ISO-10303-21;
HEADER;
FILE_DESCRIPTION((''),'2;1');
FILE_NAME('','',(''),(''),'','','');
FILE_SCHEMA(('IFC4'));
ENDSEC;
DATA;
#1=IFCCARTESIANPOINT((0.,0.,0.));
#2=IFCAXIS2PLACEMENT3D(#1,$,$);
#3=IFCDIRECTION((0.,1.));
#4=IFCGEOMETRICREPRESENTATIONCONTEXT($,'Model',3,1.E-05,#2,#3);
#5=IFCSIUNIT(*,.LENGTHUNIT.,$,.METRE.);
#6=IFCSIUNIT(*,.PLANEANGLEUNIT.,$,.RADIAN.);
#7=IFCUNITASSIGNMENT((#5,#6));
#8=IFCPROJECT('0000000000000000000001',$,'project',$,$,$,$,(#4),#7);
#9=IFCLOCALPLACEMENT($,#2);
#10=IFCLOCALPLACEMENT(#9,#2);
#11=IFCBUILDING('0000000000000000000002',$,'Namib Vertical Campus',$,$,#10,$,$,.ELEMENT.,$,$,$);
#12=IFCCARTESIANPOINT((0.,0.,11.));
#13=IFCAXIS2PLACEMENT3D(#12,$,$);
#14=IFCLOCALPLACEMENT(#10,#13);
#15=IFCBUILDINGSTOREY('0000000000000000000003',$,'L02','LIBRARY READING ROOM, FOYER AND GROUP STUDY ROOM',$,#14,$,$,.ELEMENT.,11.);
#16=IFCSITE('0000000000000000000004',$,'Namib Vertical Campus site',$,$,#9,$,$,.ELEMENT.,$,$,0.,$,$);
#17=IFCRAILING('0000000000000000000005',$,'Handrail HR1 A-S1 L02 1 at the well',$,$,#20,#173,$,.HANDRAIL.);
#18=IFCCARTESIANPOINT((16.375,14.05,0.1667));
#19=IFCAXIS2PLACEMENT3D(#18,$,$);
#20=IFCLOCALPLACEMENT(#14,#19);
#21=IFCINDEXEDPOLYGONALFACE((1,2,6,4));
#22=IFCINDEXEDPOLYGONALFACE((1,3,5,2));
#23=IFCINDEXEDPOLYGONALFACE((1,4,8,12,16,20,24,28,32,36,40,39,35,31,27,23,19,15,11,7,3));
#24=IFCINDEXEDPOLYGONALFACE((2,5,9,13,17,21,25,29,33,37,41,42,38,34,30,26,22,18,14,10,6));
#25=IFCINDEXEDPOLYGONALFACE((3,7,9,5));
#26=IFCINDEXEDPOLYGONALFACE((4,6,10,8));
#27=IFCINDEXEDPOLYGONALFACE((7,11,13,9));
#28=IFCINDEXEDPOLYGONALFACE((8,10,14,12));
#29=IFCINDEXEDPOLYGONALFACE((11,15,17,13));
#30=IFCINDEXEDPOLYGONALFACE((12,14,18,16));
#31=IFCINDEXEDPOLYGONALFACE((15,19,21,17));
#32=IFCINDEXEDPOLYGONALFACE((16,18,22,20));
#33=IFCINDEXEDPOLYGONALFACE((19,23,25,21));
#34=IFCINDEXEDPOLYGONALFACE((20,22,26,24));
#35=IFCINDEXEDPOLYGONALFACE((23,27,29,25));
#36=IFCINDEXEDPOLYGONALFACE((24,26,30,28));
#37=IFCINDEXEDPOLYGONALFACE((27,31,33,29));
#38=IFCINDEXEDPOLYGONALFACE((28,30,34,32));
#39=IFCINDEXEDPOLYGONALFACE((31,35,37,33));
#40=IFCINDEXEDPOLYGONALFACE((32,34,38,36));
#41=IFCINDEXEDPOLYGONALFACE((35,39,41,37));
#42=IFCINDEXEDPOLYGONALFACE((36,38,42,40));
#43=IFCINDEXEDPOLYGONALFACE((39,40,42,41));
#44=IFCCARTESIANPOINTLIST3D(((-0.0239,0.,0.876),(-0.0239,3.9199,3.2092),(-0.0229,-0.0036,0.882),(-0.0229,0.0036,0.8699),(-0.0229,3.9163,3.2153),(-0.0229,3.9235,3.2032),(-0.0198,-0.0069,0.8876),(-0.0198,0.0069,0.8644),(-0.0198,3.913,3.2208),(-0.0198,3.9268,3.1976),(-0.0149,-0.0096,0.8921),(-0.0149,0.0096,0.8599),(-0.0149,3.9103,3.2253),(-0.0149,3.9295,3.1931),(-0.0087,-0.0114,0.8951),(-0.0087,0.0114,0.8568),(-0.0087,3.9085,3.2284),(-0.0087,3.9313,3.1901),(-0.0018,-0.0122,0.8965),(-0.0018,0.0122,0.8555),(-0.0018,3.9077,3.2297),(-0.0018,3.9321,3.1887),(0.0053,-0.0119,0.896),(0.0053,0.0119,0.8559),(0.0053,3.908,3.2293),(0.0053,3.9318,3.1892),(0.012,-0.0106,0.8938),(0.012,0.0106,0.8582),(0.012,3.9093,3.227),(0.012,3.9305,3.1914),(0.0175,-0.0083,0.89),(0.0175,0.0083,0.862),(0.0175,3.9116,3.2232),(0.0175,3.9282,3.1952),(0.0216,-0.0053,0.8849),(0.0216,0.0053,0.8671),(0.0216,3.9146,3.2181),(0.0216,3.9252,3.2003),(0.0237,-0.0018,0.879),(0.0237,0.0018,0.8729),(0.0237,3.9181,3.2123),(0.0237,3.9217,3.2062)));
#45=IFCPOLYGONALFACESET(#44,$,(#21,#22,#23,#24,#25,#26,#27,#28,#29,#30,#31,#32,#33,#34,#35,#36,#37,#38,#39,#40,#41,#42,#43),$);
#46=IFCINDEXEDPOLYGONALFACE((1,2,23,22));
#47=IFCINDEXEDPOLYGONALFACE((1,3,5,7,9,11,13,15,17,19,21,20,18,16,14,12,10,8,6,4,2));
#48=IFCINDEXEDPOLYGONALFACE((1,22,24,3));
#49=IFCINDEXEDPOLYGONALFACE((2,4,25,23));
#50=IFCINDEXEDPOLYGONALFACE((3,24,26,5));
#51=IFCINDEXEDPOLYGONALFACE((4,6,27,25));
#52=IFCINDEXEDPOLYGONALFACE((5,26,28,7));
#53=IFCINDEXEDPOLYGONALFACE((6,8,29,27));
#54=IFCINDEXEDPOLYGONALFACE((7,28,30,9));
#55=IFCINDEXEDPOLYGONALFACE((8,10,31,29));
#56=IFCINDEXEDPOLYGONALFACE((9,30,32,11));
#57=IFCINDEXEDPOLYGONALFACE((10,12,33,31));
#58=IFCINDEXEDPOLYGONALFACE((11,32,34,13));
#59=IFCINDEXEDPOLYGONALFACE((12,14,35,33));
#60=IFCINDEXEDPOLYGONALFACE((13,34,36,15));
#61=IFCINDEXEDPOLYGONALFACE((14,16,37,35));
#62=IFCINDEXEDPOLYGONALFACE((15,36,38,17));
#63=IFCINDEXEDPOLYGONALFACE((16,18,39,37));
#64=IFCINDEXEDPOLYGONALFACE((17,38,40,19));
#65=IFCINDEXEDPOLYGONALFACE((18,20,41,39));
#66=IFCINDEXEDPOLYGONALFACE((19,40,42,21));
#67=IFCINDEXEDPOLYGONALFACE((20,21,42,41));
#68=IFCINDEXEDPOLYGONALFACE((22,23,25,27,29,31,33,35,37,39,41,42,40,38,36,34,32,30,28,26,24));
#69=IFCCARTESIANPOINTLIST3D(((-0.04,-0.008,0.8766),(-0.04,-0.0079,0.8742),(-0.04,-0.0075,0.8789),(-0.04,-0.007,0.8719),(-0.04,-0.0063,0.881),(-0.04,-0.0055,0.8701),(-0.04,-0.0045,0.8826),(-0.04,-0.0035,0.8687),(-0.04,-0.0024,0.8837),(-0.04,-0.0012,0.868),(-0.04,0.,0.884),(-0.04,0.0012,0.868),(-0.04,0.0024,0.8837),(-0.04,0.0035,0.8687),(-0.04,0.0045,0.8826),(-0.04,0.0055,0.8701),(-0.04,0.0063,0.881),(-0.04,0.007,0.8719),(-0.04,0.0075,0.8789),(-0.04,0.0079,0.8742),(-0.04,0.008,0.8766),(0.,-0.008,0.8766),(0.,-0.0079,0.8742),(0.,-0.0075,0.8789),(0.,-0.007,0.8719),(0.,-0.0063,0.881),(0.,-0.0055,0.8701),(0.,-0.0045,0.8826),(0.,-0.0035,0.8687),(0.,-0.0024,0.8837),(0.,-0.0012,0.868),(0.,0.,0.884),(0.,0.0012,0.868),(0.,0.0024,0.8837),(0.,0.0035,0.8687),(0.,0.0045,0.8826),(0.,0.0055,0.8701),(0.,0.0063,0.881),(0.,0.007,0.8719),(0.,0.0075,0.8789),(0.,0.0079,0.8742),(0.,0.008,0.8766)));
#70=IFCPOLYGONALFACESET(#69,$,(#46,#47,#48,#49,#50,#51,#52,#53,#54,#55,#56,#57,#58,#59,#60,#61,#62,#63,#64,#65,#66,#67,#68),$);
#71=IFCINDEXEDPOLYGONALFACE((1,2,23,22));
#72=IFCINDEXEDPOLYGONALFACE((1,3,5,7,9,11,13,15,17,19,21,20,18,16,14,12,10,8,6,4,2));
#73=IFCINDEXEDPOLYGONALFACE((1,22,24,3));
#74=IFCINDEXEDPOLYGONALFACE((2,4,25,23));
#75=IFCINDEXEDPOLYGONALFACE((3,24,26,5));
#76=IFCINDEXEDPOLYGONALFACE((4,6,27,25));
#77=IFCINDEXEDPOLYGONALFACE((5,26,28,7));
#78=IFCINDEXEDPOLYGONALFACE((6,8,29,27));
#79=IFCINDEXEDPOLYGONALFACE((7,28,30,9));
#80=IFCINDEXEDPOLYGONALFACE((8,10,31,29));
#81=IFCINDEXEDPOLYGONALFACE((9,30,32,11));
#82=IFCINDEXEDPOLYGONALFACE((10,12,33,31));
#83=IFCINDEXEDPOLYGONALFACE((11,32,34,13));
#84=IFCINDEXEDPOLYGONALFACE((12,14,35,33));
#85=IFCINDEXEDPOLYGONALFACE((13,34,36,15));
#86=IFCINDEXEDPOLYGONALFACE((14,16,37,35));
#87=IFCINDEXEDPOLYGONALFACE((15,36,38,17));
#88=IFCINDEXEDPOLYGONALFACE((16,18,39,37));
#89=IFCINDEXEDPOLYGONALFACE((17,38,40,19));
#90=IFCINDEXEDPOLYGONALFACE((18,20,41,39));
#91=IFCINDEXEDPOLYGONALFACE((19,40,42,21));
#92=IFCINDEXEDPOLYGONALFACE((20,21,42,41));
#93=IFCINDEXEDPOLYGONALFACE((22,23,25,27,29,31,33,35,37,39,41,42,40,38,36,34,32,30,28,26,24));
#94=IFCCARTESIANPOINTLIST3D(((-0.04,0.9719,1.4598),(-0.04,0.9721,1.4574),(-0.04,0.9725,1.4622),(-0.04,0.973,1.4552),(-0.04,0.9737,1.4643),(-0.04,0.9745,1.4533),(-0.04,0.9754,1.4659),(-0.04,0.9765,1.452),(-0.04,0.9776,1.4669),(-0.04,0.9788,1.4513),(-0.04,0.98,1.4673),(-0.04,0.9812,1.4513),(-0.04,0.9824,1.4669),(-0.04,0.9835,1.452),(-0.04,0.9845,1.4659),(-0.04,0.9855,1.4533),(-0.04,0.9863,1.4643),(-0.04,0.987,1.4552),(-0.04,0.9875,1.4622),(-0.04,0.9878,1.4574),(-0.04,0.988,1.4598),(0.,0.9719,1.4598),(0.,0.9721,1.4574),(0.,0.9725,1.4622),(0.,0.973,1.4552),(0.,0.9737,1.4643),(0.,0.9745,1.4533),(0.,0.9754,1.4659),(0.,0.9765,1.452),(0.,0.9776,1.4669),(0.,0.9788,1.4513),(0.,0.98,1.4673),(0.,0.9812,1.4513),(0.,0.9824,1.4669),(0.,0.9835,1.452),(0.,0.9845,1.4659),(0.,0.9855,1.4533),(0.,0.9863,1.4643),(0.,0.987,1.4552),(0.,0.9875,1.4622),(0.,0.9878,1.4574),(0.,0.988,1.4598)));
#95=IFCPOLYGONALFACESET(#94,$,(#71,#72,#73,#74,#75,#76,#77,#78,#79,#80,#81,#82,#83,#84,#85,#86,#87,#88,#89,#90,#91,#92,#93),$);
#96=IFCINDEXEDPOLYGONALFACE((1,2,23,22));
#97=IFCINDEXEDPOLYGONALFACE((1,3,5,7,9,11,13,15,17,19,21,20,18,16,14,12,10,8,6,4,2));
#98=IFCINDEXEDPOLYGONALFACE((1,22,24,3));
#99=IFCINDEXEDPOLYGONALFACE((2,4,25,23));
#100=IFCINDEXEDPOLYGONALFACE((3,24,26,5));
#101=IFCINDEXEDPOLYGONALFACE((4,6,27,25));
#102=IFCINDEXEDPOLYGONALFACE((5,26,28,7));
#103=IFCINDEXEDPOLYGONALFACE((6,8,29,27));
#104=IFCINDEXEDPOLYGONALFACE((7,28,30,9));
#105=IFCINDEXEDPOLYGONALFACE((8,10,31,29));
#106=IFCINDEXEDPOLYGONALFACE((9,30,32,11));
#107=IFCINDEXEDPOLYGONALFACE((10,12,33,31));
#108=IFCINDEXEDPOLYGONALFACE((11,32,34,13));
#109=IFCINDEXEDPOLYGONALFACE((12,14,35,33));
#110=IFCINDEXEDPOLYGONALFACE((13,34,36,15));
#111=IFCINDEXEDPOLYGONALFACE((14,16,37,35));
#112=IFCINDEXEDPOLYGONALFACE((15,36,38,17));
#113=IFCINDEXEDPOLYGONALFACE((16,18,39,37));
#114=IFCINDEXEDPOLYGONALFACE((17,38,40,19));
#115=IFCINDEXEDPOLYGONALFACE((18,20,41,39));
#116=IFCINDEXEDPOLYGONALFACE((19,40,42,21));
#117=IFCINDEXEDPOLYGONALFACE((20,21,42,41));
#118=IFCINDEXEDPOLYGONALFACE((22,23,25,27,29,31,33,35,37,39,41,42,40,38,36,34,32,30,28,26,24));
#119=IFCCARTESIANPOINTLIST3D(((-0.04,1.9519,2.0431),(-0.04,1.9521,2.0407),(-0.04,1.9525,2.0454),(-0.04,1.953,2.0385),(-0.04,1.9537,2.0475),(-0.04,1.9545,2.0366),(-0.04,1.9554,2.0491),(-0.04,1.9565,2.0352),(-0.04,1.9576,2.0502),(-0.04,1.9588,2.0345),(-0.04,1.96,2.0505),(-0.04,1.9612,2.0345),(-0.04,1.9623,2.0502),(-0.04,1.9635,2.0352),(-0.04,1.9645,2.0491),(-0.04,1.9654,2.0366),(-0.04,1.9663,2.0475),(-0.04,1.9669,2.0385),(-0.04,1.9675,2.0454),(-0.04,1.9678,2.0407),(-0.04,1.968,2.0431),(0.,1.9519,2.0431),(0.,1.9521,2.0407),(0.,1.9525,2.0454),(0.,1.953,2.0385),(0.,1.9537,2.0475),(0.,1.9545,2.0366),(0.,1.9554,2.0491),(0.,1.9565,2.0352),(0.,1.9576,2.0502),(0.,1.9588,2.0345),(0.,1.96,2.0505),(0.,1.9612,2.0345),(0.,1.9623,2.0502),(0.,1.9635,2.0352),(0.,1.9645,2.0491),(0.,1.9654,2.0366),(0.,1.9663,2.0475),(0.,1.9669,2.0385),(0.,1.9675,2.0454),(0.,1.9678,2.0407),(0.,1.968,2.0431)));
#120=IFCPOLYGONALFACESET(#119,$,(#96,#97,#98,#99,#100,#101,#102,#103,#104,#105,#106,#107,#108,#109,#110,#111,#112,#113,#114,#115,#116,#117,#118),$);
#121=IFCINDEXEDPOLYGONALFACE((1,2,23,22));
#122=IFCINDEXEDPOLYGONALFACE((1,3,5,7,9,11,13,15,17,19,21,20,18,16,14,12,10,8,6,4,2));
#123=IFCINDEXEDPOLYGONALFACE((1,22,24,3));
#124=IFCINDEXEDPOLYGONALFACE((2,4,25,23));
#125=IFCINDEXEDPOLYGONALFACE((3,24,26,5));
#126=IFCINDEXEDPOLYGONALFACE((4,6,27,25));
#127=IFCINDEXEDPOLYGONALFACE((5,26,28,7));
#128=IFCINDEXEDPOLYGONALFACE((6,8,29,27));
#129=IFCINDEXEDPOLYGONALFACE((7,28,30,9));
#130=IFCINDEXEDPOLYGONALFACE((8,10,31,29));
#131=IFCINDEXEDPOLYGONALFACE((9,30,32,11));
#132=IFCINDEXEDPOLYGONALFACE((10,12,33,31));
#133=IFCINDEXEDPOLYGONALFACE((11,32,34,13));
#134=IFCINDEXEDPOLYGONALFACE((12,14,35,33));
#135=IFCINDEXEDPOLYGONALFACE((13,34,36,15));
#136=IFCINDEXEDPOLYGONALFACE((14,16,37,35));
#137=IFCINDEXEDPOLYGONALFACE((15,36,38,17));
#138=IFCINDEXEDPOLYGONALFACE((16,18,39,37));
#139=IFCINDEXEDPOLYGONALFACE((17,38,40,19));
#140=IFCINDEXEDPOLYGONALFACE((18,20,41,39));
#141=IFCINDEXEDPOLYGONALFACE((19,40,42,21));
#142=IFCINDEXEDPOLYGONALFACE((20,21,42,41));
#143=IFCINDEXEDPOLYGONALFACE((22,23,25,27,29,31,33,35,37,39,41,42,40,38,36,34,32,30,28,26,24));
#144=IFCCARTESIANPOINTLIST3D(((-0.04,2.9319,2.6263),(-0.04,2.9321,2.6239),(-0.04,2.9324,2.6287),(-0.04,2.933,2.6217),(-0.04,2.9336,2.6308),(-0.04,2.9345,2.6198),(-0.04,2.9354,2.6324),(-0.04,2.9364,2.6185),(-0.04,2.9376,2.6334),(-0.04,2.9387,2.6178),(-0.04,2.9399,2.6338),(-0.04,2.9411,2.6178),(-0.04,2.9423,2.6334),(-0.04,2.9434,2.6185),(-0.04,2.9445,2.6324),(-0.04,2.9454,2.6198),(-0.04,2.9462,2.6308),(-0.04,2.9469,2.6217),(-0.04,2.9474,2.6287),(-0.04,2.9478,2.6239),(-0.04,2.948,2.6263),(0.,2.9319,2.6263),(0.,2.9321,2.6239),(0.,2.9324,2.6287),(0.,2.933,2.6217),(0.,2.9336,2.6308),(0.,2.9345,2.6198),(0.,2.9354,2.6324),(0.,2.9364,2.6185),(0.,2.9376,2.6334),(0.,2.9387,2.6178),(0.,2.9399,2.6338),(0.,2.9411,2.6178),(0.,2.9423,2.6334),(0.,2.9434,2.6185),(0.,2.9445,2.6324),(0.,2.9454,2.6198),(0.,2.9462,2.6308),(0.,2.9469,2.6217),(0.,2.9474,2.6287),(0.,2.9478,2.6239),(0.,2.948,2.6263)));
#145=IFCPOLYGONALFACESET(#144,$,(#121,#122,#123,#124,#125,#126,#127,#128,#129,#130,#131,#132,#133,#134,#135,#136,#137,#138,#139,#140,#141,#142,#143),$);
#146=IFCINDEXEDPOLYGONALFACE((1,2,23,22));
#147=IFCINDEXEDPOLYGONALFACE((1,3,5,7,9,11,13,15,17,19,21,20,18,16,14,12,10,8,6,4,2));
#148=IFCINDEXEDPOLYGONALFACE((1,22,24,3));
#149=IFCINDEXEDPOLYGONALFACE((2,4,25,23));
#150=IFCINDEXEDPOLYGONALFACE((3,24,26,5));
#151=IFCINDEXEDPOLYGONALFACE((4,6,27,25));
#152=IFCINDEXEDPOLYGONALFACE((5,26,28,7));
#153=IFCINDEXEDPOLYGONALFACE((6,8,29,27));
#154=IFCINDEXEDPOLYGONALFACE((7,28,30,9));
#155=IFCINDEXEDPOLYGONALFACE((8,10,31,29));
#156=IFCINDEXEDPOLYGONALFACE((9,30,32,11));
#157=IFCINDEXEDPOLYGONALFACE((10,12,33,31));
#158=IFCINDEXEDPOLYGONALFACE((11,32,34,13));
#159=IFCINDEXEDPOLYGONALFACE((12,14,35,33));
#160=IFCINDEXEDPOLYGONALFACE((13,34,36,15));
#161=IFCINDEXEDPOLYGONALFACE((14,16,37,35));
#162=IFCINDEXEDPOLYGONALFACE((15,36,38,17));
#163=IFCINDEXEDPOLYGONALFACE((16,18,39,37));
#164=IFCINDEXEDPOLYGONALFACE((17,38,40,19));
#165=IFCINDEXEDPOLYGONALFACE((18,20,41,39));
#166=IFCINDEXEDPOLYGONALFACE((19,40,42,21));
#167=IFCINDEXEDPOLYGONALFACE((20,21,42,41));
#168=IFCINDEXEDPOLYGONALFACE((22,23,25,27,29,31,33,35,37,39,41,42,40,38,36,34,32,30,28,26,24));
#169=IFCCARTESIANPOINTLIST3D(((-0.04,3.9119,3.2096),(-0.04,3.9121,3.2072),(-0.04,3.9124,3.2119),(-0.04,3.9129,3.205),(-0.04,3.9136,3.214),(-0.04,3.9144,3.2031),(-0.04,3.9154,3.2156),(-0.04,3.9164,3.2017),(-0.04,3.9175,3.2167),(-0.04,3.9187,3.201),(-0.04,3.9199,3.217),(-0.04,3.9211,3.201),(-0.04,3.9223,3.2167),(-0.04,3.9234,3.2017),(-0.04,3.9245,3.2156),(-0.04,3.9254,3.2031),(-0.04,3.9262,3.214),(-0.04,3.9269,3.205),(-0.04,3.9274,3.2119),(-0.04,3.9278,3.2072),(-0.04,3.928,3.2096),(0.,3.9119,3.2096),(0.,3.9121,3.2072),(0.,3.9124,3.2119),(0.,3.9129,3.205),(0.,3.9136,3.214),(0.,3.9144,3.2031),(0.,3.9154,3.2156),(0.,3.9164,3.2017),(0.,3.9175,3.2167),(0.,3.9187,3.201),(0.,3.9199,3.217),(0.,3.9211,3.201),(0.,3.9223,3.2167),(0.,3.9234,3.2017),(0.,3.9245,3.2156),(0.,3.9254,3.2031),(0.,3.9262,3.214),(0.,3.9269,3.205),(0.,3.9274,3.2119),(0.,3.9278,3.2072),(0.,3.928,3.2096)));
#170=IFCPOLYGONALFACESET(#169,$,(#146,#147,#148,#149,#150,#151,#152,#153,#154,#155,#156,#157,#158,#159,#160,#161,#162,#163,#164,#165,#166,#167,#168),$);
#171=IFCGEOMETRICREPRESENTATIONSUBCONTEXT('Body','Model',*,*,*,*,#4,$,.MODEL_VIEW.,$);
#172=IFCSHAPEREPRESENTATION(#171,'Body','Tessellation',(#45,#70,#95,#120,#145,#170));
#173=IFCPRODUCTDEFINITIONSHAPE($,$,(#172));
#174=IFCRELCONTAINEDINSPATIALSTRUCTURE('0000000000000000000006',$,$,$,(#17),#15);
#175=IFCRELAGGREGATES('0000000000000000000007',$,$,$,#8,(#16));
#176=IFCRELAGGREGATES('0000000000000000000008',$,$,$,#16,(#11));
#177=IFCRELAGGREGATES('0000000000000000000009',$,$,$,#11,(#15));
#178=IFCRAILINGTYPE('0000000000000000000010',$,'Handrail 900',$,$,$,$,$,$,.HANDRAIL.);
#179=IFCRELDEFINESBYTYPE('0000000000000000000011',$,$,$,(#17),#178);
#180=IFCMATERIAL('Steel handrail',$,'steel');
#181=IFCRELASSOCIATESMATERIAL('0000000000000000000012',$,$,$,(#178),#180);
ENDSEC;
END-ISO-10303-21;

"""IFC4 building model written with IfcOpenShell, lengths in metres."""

from ifc_helpers import new_model, si_unit, direction, frame, origin, origin_2d, place, context, subcontext, project, spatial, circle, extrude, material, type_object, element, save


model = new_model("IFC4")

# Units and contexts
model_context = context("Model", 3, precision=1e-05, world=origin(), true_north=direction((0.0, 1.0)))
body_context = subcontext(model_context, "Body", "Model", "MODEL_VIEW")
ifc_project = project(units=[si_unit("LENGTHUNIT", "METRE"), si_unit("PLANEANGLEUNIT", "RADIAN")], contexts=[model_context])

# Site, building, storey
site_placement = place(None, origin())
site = spatial("IfcSite", under=ifc_project, at=site_placement, Name="Namib Vertical Campus site", CompositionType="ELEMENT", RefElevation=0.0)
building_placement = place(site_placement, origin())
building = spatial("IfcBuilding", under=site, at=building_placement, Name="Namib Vertical Campus", CompositionType="ELEMENT")
storey_placement = place(building_placement, frame((0.0, 0.0, 11.0)))
storey = spatial("IfcBuildingStorey", under=building, at=storey_placement, Name="L02", Description="LIBRARY READING ROOM, FOYER AND GROUP STUDY ROOM", CompositionType="ELEMENT", Elevation=11.0)

# Railing
ifc_material_1 = material(Name="Steel handrail", Category="steel")
railing_type_1 = type_object("IfcRailingType", Name="Handrail 900", PredefinedType="HANDRAIL", material=ifc_material_1)
railing_1_placement = place(storey_placement, frame((16.375, 14.05, 0.1667)))
element("IfcRailing", 1, at=railing_1_placement, inside=storey, type_object=railing_type_1, Name="Handrail HR1 A-S1 L02 1 at the well", PredefinedType="HANDRAIL", context=body_context, shape_type="SweptSolid", body=[
    extrude(circle(Radius=0.0239, at=origin_2d()), frame((0.0, 0.0, 0.876), z_axis=(0.0, 0.859296, 0.511478), x_axis=(-1.0, 0.0, 0.0)), (0.0, 0.0, 1.0), 4.5618),
    extrude(circle(Radius=0.0081, at=origin_2d()), frame((0.0, 0.0, 0.876), z_axis=(-1.0, 0.0, 0.0), x_axis=(0.0, 0.0, 1.0)), (0.0, 0.0, 1.0), 0.04),
    extrude(circle(Radius=0.0081, at=origin_2d()), frame((0.0, 0.98, 1.4592), z_axis=(-1.0, 0.0, 0.0), x_axis=(0.0, 0.0, 1.0)), (0.0, 0.0, 1.0), 0.04),
    extrude(circle(Radius=0.0081, at=origin_2d()), frame((0.0, 1.96, 2.0425), z_axis=(-1.0, 0.0, 0.0), x_axis=(0.0, 0.0, 1.0)), (0.0, 0.0, 1.0), 0.04),
    extrude(circle(Radius=0.0081, at=origin_2d()), frame((0.0, 2.9399, 2.6257), z_axis=(-1.0, 0.0, 0.0), x_axis=(0.0, 0.0, 1.0)), (0.0, 0.0, 1.0), 0.04),
    extrude(circle(Radius=0.0081, at=origin_2d()), frame((0.0, 3.9199, 3.209), z_axis=(-1.0, 0.0, 0.0), x_axis=(0.0, 0.0, 1.0)), (0.0, 0.0, 1.0), 0.04),
])

save(model, "model.ifc")
